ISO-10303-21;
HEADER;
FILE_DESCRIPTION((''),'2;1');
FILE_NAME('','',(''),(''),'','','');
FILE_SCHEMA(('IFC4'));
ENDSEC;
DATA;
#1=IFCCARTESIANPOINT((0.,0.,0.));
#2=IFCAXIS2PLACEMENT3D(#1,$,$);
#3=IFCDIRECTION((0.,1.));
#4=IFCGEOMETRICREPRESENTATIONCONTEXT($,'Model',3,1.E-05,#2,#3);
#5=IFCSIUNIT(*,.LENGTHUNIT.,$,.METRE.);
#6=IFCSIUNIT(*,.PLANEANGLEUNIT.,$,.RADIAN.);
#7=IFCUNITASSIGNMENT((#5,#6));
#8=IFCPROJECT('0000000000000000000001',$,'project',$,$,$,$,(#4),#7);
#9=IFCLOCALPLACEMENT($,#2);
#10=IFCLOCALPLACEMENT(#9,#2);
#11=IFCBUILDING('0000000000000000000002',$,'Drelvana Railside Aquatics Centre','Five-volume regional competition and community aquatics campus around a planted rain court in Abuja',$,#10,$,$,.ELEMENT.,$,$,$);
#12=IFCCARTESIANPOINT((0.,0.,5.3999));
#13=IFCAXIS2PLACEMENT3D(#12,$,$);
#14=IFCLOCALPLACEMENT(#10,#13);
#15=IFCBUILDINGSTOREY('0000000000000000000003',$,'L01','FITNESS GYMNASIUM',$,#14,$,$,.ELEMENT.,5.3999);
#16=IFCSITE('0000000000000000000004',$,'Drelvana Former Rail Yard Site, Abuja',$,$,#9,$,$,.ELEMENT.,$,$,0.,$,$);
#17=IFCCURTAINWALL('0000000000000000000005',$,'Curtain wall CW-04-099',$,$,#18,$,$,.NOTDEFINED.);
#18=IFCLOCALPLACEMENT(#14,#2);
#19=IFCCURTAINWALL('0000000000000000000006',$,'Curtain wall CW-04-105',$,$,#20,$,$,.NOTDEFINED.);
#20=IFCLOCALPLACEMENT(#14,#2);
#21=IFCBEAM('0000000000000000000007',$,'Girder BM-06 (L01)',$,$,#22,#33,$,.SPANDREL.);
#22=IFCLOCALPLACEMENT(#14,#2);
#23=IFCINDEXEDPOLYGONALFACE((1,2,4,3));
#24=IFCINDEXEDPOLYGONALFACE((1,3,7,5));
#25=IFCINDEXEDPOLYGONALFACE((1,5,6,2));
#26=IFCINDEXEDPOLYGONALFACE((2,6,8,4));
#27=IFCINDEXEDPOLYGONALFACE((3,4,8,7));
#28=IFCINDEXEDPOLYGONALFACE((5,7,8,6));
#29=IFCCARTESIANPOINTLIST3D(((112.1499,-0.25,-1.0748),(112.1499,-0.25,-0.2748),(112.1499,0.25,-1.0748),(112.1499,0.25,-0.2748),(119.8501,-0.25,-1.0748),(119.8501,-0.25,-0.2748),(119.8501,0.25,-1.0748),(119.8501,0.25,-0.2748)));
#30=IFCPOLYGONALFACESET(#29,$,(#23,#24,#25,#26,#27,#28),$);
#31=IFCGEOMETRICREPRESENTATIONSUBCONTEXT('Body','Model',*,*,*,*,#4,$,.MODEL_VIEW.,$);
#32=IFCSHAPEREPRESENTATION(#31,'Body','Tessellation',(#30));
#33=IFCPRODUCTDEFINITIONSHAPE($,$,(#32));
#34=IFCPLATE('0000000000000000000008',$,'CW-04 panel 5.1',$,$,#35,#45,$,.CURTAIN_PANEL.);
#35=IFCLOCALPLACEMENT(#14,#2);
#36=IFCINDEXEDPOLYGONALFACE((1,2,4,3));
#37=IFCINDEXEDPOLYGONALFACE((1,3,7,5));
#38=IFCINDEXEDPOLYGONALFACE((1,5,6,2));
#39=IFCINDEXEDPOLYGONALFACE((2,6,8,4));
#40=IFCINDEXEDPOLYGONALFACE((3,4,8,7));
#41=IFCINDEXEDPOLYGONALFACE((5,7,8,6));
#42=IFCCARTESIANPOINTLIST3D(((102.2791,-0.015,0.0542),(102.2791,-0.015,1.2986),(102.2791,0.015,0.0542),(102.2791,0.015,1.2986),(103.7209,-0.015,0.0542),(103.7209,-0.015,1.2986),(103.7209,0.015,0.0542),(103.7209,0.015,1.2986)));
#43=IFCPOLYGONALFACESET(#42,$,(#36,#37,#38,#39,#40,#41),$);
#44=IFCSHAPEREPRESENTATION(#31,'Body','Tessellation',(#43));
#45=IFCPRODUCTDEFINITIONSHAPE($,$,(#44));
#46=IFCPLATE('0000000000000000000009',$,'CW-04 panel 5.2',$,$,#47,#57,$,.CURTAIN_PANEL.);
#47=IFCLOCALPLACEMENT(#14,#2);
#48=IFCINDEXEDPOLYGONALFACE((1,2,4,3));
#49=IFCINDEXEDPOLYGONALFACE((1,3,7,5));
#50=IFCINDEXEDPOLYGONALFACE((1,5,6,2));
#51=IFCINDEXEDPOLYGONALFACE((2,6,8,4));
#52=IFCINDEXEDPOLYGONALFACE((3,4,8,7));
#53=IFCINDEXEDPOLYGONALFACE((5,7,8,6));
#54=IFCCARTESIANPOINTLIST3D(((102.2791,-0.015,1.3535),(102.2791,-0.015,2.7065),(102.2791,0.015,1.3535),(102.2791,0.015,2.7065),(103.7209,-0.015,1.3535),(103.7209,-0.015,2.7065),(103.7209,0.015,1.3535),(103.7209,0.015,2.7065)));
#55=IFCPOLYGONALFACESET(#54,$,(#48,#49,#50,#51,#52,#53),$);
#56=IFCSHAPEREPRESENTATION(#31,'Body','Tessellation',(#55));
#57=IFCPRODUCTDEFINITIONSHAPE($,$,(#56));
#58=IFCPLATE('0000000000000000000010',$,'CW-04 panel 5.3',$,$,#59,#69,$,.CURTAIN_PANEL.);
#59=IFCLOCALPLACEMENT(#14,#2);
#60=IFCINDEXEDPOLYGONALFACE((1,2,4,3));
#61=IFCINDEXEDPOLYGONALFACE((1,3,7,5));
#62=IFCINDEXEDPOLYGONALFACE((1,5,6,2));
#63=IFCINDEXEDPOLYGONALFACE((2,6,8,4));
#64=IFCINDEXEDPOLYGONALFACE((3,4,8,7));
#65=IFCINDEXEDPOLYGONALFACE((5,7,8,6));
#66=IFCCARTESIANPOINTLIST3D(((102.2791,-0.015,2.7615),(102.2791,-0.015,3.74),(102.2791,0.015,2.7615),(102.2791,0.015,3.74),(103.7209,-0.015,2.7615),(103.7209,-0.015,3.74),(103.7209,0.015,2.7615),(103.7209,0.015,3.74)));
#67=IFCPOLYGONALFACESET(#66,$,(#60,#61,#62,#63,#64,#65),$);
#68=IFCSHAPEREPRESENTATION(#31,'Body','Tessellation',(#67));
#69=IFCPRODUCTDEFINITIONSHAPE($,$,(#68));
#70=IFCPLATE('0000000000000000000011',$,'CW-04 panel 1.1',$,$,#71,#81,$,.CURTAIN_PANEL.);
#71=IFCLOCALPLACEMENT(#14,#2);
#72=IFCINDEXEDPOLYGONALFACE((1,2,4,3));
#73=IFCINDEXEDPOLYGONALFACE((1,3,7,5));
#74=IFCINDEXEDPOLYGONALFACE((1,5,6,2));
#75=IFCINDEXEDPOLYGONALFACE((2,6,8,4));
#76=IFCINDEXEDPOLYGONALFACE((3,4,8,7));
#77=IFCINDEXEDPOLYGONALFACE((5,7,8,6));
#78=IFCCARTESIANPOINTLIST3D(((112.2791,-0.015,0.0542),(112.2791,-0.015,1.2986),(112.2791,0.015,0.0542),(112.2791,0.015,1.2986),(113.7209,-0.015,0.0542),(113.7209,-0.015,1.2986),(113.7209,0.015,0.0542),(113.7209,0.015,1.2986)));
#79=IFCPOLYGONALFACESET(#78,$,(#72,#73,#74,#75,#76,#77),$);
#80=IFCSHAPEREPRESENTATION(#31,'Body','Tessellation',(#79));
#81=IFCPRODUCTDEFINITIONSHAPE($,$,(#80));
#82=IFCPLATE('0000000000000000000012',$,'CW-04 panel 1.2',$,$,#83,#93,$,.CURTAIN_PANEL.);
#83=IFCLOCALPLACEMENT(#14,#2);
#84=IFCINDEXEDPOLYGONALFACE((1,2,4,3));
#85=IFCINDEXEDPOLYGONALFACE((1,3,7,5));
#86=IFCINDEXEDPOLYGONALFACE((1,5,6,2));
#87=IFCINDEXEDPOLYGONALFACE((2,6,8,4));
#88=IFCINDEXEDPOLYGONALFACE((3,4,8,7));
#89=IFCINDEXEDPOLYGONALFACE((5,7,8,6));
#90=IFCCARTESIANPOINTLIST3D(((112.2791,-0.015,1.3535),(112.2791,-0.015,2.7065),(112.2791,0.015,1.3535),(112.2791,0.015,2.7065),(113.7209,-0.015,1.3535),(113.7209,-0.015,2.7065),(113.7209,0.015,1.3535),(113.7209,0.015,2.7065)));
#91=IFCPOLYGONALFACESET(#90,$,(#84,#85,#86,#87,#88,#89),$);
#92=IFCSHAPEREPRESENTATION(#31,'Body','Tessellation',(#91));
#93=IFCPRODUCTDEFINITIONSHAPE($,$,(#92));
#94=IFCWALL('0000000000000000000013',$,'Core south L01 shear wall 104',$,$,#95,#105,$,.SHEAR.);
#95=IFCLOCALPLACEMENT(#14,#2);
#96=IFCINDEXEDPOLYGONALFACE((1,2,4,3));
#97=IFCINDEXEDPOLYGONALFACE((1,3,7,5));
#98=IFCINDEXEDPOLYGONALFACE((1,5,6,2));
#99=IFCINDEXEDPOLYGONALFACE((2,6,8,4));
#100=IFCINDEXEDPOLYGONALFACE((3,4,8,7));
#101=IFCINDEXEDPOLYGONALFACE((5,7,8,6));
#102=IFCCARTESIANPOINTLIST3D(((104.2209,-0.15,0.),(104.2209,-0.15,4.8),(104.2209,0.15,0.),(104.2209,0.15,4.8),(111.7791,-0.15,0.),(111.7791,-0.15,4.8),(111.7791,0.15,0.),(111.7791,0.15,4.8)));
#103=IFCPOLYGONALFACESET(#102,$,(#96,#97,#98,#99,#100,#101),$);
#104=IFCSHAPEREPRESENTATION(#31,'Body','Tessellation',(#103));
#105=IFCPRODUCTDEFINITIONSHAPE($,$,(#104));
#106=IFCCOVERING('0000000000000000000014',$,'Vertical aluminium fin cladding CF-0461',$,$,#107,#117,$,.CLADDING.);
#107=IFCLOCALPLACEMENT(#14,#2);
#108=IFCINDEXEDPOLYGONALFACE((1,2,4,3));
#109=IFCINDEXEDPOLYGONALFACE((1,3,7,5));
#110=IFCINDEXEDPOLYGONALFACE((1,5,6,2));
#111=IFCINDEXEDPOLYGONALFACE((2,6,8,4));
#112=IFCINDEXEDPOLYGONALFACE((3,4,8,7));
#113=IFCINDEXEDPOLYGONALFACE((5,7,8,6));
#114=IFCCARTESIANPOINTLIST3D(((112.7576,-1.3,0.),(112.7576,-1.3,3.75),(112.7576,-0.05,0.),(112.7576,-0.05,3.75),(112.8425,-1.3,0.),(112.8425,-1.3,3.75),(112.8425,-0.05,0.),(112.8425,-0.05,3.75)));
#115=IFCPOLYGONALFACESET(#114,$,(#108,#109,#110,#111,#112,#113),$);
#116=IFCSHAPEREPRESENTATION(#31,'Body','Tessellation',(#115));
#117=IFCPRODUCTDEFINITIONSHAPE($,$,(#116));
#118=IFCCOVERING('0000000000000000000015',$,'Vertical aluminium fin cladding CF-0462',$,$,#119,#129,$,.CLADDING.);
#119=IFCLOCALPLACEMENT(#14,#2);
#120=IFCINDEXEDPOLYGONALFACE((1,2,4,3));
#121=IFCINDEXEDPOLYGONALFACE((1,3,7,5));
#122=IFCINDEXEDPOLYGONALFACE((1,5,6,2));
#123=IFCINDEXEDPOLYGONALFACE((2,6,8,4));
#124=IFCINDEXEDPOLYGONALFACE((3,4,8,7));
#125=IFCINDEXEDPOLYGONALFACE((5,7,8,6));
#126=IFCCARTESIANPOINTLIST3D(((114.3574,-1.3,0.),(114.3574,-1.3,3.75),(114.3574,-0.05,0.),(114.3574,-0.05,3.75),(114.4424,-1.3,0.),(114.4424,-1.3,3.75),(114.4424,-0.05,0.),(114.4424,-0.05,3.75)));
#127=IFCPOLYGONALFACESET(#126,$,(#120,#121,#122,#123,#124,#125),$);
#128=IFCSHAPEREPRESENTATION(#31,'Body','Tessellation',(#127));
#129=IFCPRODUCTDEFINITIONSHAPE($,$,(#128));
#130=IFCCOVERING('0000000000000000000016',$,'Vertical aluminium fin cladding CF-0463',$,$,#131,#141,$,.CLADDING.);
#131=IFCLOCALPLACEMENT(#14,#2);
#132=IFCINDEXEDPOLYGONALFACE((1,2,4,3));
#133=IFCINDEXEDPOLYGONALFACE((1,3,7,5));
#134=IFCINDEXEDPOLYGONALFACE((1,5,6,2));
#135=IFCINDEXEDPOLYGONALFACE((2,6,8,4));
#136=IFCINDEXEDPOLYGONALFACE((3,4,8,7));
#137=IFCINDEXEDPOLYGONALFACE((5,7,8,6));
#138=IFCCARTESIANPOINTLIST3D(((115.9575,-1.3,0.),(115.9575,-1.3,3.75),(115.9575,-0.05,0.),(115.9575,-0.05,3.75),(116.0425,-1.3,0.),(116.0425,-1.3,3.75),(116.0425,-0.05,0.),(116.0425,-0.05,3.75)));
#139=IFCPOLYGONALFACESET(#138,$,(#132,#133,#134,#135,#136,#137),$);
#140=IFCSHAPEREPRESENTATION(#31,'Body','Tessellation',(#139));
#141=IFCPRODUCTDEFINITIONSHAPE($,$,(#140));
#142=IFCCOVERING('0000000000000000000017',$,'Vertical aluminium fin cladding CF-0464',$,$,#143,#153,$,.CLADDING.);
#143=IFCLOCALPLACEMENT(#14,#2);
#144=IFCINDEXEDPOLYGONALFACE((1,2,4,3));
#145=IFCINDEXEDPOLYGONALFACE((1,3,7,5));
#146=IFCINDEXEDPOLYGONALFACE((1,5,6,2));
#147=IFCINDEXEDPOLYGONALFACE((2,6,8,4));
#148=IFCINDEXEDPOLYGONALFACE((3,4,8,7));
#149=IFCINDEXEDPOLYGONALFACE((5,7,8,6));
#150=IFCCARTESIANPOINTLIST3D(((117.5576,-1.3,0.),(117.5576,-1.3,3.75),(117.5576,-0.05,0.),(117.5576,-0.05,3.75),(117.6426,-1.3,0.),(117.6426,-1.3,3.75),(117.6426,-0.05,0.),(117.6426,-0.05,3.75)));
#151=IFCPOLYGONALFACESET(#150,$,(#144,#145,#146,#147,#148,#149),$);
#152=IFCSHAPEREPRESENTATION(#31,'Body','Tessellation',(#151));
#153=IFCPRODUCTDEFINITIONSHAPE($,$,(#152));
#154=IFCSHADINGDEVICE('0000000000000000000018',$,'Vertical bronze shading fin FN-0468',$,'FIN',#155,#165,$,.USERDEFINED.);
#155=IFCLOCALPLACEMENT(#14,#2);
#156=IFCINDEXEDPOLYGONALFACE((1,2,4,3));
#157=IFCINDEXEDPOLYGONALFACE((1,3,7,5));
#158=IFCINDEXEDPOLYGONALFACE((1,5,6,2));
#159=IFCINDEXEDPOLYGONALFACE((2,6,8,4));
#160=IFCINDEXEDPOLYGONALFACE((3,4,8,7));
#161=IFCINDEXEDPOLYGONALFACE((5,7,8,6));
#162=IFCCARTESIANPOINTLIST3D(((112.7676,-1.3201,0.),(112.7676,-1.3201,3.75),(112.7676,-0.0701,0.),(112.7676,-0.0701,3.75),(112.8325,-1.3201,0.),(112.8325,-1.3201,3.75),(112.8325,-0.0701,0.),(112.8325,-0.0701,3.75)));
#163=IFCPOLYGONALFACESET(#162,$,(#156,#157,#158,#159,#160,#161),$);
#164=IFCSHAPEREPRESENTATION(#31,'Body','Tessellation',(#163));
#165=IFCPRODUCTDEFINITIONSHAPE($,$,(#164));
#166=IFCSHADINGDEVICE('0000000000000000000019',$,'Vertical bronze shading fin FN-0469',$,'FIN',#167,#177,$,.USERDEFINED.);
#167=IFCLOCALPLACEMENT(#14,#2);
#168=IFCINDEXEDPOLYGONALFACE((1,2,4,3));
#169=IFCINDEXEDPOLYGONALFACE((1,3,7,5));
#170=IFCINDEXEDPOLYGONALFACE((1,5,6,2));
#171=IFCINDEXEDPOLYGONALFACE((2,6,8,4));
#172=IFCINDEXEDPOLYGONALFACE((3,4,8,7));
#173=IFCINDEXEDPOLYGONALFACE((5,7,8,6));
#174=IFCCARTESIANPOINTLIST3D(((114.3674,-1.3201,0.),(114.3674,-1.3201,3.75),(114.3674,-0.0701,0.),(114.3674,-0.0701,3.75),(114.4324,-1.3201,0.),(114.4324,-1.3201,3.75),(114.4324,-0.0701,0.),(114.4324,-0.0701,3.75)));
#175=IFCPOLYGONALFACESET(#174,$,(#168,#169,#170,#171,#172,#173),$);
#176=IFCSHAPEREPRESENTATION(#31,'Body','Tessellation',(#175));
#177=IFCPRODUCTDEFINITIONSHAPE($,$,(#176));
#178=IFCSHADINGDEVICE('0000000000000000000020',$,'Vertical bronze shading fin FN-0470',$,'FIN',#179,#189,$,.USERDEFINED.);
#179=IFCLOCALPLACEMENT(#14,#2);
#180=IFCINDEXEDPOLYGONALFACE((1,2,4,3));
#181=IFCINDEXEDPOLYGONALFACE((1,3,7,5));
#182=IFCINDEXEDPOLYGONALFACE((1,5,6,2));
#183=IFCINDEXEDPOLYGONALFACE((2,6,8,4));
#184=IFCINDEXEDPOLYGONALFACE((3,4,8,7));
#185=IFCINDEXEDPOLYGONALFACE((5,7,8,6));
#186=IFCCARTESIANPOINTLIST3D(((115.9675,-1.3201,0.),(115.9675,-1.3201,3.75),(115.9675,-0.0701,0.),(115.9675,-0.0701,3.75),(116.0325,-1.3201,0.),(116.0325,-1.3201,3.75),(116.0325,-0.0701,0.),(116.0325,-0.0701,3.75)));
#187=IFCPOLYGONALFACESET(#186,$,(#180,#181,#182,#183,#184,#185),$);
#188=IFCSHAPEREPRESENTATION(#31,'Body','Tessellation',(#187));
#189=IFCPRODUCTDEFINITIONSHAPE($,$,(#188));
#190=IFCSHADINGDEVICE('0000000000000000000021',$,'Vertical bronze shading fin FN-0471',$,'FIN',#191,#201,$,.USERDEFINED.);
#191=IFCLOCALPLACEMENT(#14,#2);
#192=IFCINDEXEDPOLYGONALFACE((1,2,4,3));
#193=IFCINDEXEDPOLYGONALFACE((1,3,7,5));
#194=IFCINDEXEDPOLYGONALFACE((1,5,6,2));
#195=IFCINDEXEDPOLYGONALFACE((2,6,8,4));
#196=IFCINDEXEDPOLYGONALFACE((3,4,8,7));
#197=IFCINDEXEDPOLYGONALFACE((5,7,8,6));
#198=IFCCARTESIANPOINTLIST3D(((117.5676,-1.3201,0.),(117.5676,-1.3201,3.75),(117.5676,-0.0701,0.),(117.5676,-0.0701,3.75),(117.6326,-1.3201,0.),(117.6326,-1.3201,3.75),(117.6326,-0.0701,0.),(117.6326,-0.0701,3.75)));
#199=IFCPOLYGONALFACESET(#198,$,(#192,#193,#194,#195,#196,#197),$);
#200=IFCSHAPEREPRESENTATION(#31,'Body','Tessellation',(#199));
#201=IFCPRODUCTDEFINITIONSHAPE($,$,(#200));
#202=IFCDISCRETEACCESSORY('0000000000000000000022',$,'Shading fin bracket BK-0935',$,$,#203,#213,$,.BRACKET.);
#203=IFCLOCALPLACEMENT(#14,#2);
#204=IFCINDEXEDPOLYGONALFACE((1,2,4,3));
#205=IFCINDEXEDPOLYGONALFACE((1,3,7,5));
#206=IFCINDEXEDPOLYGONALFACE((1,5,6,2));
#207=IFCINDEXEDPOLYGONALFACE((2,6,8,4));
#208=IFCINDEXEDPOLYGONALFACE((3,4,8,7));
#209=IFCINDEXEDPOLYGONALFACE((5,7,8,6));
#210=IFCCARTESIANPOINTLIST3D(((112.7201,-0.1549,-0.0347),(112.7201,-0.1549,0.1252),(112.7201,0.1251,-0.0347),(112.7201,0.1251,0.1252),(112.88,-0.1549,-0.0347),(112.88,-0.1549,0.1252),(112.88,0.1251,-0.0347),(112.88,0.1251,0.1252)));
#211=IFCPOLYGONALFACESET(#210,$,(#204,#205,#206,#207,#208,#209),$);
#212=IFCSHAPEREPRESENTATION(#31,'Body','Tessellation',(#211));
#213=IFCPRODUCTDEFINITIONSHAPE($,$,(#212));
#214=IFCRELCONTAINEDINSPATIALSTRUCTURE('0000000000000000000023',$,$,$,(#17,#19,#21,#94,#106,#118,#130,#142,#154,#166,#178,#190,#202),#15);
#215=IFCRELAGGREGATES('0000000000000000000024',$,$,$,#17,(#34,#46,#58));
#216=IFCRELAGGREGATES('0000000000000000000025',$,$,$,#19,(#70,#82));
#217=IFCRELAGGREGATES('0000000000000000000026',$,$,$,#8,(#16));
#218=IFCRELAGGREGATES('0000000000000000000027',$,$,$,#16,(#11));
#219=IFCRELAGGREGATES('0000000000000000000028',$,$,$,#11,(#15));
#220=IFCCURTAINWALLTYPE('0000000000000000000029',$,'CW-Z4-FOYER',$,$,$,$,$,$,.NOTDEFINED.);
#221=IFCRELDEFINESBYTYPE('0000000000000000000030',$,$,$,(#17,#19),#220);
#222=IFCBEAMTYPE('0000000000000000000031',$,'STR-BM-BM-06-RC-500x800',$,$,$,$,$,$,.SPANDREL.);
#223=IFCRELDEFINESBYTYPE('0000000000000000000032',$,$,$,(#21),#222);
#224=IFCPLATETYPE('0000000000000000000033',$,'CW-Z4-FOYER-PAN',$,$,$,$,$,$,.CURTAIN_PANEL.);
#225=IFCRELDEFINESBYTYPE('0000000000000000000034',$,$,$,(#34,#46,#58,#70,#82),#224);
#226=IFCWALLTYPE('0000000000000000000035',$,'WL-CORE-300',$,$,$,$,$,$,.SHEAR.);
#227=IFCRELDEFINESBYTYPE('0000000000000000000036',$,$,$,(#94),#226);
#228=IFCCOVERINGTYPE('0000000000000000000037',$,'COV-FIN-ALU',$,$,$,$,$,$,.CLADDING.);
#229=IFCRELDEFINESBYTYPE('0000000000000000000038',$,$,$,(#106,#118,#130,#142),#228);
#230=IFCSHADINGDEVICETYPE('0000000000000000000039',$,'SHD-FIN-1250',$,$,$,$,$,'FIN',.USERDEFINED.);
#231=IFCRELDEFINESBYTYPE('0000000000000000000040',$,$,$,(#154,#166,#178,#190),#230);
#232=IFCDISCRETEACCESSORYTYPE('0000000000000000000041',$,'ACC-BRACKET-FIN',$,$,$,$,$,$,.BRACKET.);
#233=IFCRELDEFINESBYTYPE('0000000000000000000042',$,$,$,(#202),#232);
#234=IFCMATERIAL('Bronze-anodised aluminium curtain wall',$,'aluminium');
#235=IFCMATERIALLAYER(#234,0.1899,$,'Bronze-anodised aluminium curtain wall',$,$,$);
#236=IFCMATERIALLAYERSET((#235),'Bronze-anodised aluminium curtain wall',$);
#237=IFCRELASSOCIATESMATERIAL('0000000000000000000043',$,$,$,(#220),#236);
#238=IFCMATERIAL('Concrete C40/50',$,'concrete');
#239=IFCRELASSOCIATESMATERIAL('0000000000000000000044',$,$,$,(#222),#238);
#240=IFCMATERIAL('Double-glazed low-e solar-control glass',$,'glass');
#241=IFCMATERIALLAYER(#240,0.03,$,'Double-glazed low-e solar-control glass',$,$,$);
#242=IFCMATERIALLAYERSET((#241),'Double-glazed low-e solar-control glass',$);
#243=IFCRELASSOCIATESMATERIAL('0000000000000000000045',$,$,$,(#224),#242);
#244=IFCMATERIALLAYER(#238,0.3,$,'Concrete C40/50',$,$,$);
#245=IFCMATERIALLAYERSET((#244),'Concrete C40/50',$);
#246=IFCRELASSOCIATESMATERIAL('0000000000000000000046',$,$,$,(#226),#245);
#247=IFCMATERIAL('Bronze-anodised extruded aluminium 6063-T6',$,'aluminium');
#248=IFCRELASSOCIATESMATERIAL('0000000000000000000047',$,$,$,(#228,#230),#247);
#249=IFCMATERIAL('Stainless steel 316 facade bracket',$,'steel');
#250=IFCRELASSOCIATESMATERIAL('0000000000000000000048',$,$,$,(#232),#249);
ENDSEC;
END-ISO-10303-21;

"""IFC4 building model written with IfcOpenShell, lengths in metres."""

from ifc_helpers import new_model, si_unit, direction, frame, frame_2d, origin, origin_2d, place, context, subcontext, project, spatial, rectangle, extrude, material, layer, layer_set, material_profile, profile_set, type_object, element, aggregate, save


model = new_model("IFC4")

# Units and contexts
model_context = context("Model", 3, precision=1e-05, world=origin(), true_north=direction((0.0, 1.0)))
body_context = subcontext(model_context, "Body", "Model", "MODEL_VIEW")
ifc_project = project(units=[si_unit("LENGTHUNIT", "METRE"), si_unit("PLANEANGLEUNIT", "RADIAN")], contexts=[model_context])

# Site, building, storey
site_placement = place(None, origin())
site = spatial("IfcSite", under=ifc_project, at=site_placement, Name="Drelvana Former Rail Yard Site, Abuja", CompositionType="ELEMENT", RefElevation=0.0)
building_placement = place(site_placement, origin())
building = spatial("IfcBuilding", under=site, at=building_placement, Name="Drelvana Railside Aquatics Centre", Description="Five-volume regional competition and community aquatics campus around a planted rain court in Abuja", CompositionType="ELEMENT")
storey_placement = place(building_placement, frame((0.0, 0.0, 5.3999)))
storey = spatial("IfcBuildingStorey", under=building, at=storey_placement, Name="L01", Description="FITNESS GYMNASIUM", CompositionType="ELEMENT", Elevation=5.3999)

# Shared definitions
ifc_material_1 = material(Name="Concrete C40/50", Category="concrete")

# Curtain walls
ifc_material_2 = material(Name="Bronze-anodised aluminium curtain wall", Category="aluminium")
ifc_layer_1 = layer(ifc_material_2, 0.1899, Name="Bronze-anodised aluminium curtain wall")
ifc_layer_set_1 = layer_set([ifc_layer_1], Name="Bronze-anodised aluminium curtain wall")
curtain_wall_type = type_object("IfcCurtainWallType", Name="CW-Z4-FOYER", PredefinedType="NOTDEFINED", material=ifc_layer_set_1)
curtain_wall_1_placement = place(storey_placement, origin())
curtain_wall_1 = element("IfcCurtainWall", 1, at=curtain_wall_1_placement, inside=storey, type_object=curtain_wall_type, Name="Curtain wall CW-04-099", PredefinedType="NOTDEFINED")
curtain_wall_2_placement = place(storey_placement, origin())
curtain_wall_2 = element("IfcCurtainWall", 2, at=curtain_wall_2_placement, inside=storey, type_object=curtain_wall_type, Name="Curtain wall CW-04-105", PredefinedType="NOTDEFINED")

# Beam
ifc_material_profile_1 = material_profile(ifc_material_1, rectangle(XDim=0.5, YDim=0.8, at=origin_2d()), Name="RC 500x800")
ifc_profile_set_1 = profile_set([ifc_material_profile_1], Name="Concrete C40/50")
beam_type_1 = type_object("IfcBeamType", Name="STR-BM-BM-06-RC-500x800", PredefinedType="SPANDREL", material=ifc_profile_set_1)
for number, where, z_axis, x_axis, name in (
    (3, (112.1499, 0.0, -0.6748), (1.0, 0.0, 0.0), (0.0, 1.0, 0.0), "Girder BM-06 (L01)"),
):
    element("IfcBeam", number, at=place(storey_placement, frame(where, z_axis=z_axis, x_axis=x_axis)), inside=storey, type_object=beam_type_1, Name=name, PredefinedType="SPANDREL", context=body_context, shape_type="SweptSolid", body=[
        extrude(rectangle(XDim=0.5, YDim=0.8, at=origin_2d()), origin(), (0.0, 0.0, 1.0), 7.7002),
    ])

# Plates
ifc_material_3 = material(Name="Double-glazed low-e solar-control glass", Category="glass")
ifc_layer_2 = layer(ifc_material_3, 0.03, Name="Double-glazed low-e solar-control glass")
ifc_layer_set_2 = layer_set([ifc_layer_2], Name="Double-glazed low-e solar-control glass")
plate_type = type_object("IfcPlateType", Name="CW-Z4-FOYER-PAN", PredefinedType="CURTAIN_PANEL", material=ifc_layer_set_2)
plate_1_placement = place(storey_placement, frame((103.0, 0.0, 0.0542), z_axis=(0.0, 0.0, 1.0), x_axis=(1.0, 0.0, 0.0)))
plate_1 = element("IfcPlate", 4, at=plate_1_placement, type_object=plate_type, Name="CW-04 panel 5.1", PredefinedType="CURTAIN_PANEL", context=body_context, shape_type="SweptSolid", body=[
    extrude(rectangle(XDim=1.4419, YDim=0.03, at=origin_2d()), origin(), (0.0, 0.0, 1.0), 1.2444),
])
plate_2_placement = place(storey_placement, frame((103.0, 0.0, 1.3535), z_axis=(0.0, 0.0, 1.0), x_axis=(1.0, 0.0, 0.0)))
plate_2 = element("IfcPlate", 5, at=plate_2_placement, type_object=plate_type, Name="CW-04 panel 5.2", PredefinedType="CURTAIN_PANEL", context=body_context, shape_type="SweptSolid", body=[
    extrude(rectangle(XDim=1.4419, YDim=0.03, at=origin_2d()), origin(), (0.0, 0.0, 1.0), 1.353),
])
plate_3_placement = place(storey_placement, frame((103.0, 0.0, 2.7615), z_axis=(0.0, 0.0, 1.0), x_axis=(1.0, 0.0, 0.0)))
plate_3 = element("IfcPlate", 6, at=plate_3_placement, type_object=plate_type, Name="CW-04 panel 5.3", PredefinedType="CURTAIN_PANEL", context=body_context, shape_type="SweptSolid", body=[
    extrude(rectangle(XDim=1.4419, YDim=0.03, at=origin_2d()), origin(), (0.0, 0.0, 1.0), 0.9785),
])
aggregate(curtain_wall_1, [plate_1, plate_2, plate_3])
plate_4_placement = place(storey_placement, frame((113.0, 0.0, 0.0542), z_axis=(0.0, 0.0, 1.0), x_axis=(1.0, 0.0, 0.0)))
plate_4 = element("IfcPlate", 7, at=plate_4_placement, type_object=plate_type, Name="CW-04 panel 1.1", PredefinedType="CURTAIN_PANEL", context=body_context, shape_type="SweptSolid", body=[
    extrude(rectangle(XDim=1.4419, YDim=0.03, at=origin_2d()), origin(), (0.0, 0.0, 1.0), 1.2444),
])
plate_5_placement = place(storey_placement, frame((113.0, 0.0, 1.3535), z_axis=(0.0, 0.0, 1.0), x_axis=(1.0, 0.0, 0.0)))
plate_5 = element("IfcPlate", 8, at=plate_5_placement, type_object=plate_type, Name="CW-04 panel 1.2", PredefinedType="CURTAIN_PANEL", context=body_context, shape_type="SweptSolid", body=[
    extrude(rectangle(XDim=1.4419, YDim=0.03, at=origin_2d()), origin(), (0.0, 0.0, 1.0), 1.353),
])
aggregate(curtain_wall_2, [plate_4, plate_5])

# Wall
ifc_layer_3 = layer(ifc_material_1, 0.3, Name="Concrete C40/50")
ifc_layer_set_3 = layer_set([ifc_layer_3], Name="Concrete C40/50")
wall_type = type_object("IfcWallType", Name="WL-CORE-300", PredefinedType="SHEAR", material=ifc_layer_set_3)
wall_placement = place(storey_placement, frame((104.2209, 0.0, 0.0), z_axis=(0.0, 0.0, 1.0), x_axis=(1.0, 0.0, 0.0)))
element("IfcWall", 9, at=wall_placement, inside=storey, type_object=wall_type, Name="Core south L01 shear wall 104", PredefinedType="SHEAR", context=body_context, shape_type="SweptSolid", body=[
    extrude(rectangle(XDim=7.5581, YDim=0.3, at=frame_2d((3.7791, 0.0))), origin(), (0.0, 0.0, 1.0), 4.8),
])

# Coverings
ifc_material_4 = material(Name="Bronze-anodised extruded aluminium 6063-T6", Category="aluminium")
covering_type = type_object("IfcCoveringType", Name="COV-FIN-ALU", PredefinedType="CLADDING", material=ifc_material_4)
for number, where, z_axis, x_axis, name in (
    (10, (112.8, -0.675, 0.0), (0.0, 0.0, 1.0), (-1.0, 0.0, 0.0), "Vertical aluminium fin cladding CF-0461"),
    (11, (114.3999, -0.675, 0.0), (0.0, 0.0, 1.0), (-1.0, 0.0, 0.0), "Vertical aluminium fin cladding CF-0462"),
    (12, (116.0, -0.675, 0.0), (0.0, 0.0, 1.0), (-1.0, 0.0, 0.0), "Vertical aluminium fin cladding CF-0463"),
    (13, (117.6001, -0.675, 0.0), (0.0, 0.0, 1.0), (-1.0, 0.0, 0.0), "Vertical aluminium fin cladding CF-0464"),
):
    element("IfcCovering", number, at=place(storey_placement, frame(where, z_axis=z_axis, x_axis=x_axis)), inside=storey, type_object=covering_type, Name=name, PredefinedType="CLADDING", context=body_context, shape_type="SweptSolid", body=[
        extrude(rectangle(XDim=0.085, YDim=1.25, at=origin_2d()), origin(), (0.0, 0.0, 1.0), 3.75),
    ])

# Shading devices
shading_device_type = type_object("IfcShadingDeviceType", Name="SHD-FIN-1250", ElementType="FIN", PredefinedType="USERDEFINED", material=ifc_material_4)
for number, where, z_axis, x_axis, name in (
    (14, (112.8, -0.6951, 0.0), (0.0, 0.0, 1.0), (0.0, -1.0, 0.0), "Vertical bronze shading fin FN-0468"),
    (15, (114.3999, -0.6951, 0.0), (0.0, 0.0, 1.0), (0.0, -1.0, 0.0), "Vertical bronze shading fin FN-0469"),
    (16, (116.0, -0.6951, 0.0), (0.0, 0.0, 1.0), (0.0, -1.0, 0.0), "Vertical bronze shading fin FN-0470"),
    (17, (117.6001, -0.6951, 0.0), (0.0, 0.0, 1.0), (0.0, -1.0, 0.0), "Vertical bronze shading fin FN-0471"),
):
    element("IfcShadingDevice", number, at=place(storey_placement, frame(where, z_axis=z_axis, x_axis=x_axis)), inside=storey, type_object=shading_device_type, Name=name, ObjectType="FIN", PredefinedType="USERDEFINED", context=body_context, shape_type="SweptSolid", body=[
        extrude(rectangle(XDim=1.25, YDim=0.0649, at=origin_2d()), origin(), (0.0, 0.0, 1.0), 3.75),
    ])

# Discrete accessory
ifc_material_5 = material(Name="Stainless steel 316 facade bracket", Category="steel")
discrete_accessory_type = type_object("IfcDiscreteAccessoryType", Name="ACC-BRACKET-FIN", PredefinedType="BRACKET", material=ifc_material_5)
for number, where, z_axis, x_axis, name in (
    (18, (112.8, -0.0149, -0.0347), (0.0, 0.0, 1.0), (0.0, -1.0, 0.0), "Shading fin bracket BK-0935"),
):
    element("IfcDiscreteAccessory", number, at=place(storey_placement, frame(where, z_axis=z_axis, x_axis=x_axis)), inside=storey, type_object=discrete_accessory_type, Name=name, PredefinedType="BRACKET", context=body_context, shape_type="SweptSolid", body=[
        extrude(rectangle(XDim=0.28, YDim=0.1599, at=origin_2d()), origin(), (0.0, 0.0, 1.0), 0.1599),
    ])

save(model, "model.ifc")
